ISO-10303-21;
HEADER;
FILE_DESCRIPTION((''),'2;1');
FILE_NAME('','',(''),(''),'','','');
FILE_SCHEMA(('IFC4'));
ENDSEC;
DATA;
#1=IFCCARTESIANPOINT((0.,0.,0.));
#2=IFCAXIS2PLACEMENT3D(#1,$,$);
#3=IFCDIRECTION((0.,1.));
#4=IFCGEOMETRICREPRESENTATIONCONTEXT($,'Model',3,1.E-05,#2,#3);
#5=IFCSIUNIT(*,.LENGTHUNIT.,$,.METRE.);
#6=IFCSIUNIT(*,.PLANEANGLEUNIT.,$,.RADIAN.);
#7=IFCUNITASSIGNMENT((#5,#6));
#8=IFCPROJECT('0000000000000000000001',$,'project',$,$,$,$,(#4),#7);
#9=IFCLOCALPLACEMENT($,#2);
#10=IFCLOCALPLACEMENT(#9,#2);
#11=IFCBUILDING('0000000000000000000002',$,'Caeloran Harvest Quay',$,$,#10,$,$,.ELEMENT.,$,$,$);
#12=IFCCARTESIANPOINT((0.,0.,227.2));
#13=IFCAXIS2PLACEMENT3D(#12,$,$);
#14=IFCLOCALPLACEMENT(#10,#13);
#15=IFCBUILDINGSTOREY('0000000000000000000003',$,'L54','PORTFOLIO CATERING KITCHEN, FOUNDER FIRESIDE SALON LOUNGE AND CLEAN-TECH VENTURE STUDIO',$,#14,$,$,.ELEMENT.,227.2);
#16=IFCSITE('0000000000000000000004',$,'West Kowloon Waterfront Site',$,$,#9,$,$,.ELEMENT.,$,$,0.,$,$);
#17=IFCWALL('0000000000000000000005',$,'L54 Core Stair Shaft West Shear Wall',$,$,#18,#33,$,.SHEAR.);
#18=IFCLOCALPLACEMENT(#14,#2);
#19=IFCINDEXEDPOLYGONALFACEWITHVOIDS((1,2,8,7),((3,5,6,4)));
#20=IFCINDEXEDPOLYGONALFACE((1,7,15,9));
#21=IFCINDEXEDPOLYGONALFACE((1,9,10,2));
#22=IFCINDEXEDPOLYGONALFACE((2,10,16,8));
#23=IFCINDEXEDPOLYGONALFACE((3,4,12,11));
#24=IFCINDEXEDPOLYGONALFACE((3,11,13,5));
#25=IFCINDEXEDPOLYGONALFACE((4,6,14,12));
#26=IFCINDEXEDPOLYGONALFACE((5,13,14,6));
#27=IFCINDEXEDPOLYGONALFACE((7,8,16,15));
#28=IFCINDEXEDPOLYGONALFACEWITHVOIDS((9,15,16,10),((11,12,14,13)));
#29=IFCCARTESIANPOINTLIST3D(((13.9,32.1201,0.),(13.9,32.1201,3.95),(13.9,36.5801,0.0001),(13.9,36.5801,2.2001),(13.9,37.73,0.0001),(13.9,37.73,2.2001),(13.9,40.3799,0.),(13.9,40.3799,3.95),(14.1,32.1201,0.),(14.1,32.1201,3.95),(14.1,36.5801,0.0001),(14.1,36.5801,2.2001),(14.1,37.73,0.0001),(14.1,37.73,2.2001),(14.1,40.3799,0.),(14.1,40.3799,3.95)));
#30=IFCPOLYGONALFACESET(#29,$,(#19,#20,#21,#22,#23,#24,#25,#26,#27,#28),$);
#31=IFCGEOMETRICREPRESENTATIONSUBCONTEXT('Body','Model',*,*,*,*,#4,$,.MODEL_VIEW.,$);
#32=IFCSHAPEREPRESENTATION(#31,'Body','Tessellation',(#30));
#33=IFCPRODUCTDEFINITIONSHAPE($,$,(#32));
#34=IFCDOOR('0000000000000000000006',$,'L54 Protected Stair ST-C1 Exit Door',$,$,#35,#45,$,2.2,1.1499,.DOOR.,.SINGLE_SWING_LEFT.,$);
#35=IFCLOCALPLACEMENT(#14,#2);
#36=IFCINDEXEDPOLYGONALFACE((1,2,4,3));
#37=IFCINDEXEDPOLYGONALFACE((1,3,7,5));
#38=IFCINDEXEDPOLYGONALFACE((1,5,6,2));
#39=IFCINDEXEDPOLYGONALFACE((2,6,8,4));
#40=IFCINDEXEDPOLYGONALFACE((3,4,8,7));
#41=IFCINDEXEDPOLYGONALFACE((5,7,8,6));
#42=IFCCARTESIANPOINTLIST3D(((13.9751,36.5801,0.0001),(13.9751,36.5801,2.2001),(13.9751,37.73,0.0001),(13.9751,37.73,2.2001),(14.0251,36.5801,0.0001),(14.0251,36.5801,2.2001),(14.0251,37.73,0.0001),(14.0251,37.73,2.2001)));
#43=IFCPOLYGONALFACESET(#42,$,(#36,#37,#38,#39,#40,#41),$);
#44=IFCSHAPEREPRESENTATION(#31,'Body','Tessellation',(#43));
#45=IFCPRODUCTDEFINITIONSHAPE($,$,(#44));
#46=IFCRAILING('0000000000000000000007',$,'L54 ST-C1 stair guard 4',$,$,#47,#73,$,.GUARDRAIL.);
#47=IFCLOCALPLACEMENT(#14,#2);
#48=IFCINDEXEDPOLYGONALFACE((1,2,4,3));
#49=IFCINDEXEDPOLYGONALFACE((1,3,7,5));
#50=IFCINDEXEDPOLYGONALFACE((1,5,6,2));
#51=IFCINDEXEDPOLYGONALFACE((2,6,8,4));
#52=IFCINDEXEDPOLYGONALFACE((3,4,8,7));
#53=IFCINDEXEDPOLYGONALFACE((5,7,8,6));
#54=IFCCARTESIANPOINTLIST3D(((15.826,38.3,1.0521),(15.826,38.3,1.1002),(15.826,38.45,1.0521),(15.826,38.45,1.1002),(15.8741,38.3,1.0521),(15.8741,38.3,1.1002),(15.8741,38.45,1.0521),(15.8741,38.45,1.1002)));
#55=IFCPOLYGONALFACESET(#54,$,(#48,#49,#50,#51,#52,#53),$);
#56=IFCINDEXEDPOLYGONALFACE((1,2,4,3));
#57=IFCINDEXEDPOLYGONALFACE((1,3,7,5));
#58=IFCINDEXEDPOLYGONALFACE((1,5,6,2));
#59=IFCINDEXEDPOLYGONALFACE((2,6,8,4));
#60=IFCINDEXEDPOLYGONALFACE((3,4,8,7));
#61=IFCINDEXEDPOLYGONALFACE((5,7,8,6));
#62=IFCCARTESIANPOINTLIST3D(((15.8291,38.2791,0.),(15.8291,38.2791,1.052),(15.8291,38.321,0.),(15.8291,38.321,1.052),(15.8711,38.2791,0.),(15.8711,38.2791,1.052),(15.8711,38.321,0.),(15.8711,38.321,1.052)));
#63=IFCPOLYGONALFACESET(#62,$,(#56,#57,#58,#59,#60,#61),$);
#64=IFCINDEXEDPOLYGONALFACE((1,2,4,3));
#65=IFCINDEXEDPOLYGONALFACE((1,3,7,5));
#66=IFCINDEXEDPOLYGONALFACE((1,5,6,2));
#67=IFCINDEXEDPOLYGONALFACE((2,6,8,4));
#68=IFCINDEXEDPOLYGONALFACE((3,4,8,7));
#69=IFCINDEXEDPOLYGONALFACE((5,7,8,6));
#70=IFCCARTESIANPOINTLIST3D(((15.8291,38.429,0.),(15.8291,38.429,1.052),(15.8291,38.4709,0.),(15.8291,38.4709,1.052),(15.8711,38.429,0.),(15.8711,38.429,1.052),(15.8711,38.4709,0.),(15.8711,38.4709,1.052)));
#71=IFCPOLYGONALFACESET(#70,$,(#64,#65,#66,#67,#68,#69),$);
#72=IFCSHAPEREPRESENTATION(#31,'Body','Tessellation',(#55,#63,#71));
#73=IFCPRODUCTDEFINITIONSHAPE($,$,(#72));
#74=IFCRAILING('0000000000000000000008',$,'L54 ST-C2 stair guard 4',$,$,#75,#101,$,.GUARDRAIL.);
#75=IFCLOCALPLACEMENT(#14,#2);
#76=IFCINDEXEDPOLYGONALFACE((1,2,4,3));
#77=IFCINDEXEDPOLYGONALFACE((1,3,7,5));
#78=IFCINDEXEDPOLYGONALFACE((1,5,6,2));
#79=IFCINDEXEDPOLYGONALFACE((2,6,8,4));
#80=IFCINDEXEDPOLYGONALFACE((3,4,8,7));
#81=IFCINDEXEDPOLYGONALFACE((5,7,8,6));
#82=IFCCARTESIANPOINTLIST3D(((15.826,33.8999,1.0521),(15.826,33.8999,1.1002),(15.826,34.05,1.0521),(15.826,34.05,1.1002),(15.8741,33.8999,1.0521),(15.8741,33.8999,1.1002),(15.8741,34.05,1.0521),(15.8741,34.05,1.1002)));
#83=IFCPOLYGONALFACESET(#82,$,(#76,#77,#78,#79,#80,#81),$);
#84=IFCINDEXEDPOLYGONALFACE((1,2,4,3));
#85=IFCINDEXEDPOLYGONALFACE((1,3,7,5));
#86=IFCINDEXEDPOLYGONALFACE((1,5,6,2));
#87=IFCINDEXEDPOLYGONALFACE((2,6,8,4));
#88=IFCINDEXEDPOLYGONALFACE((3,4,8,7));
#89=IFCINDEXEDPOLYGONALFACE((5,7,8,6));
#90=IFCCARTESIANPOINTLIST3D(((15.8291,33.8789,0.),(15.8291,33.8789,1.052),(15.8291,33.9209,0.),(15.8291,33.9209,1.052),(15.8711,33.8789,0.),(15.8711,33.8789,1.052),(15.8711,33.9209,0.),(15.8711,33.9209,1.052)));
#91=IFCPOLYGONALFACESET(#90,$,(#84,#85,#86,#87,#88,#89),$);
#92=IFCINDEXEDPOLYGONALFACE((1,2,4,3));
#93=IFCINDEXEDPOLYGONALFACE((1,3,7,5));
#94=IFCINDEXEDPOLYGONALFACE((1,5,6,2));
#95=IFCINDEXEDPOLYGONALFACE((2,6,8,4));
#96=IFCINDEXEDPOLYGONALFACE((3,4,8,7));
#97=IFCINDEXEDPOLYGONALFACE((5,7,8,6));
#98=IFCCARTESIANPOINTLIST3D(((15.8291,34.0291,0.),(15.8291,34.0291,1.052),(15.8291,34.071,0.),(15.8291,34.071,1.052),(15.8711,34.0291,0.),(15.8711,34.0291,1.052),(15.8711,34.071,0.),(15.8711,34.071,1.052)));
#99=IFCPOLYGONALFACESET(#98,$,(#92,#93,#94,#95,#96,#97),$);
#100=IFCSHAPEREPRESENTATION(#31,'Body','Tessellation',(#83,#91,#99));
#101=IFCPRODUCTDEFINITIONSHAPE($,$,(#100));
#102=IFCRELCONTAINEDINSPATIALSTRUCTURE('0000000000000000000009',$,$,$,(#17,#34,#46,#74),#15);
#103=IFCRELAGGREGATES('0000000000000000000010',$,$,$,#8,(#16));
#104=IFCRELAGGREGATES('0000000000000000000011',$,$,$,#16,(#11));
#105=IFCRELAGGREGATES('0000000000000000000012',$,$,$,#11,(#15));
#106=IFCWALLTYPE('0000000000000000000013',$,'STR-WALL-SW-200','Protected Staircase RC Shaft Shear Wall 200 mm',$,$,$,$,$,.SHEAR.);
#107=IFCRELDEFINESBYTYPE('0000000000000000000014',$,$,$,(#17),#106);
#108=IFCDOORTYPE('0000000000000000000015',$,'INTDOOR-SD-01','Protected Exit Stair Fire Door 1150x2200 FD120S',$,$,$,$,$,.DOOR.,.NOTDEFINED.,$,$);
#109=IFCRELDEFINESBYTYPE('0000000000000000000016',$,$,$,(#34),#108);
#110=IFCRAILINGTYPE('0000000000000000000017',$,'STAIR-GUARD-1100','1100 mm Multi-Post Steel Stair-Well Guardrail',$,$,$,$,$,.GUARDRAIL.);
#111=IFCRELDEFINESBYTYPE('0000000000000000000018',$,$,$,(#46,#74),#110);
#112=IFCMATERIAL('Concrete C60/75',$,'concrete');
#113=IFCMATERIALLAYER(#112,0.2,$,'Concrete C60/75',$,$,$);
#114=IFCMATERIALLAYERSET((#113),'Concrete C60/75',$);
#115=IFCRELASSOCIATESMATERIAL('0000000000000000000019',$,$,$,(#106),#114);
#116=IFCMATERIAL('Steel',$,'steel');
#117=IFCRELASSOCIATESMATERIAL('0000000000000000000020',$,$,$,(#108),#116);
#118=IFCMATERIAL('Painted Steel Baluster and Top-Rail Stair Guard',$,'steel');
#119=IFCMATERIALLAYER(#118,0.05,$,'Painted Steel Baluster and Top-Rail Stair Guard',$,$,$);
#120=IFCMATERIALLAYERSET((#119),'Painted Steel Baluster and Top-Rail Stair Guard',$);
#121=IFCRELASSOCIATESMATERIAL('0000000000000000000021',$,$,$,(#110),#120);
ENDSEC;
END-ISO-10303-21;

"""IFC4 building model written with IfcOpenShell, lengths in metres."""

from ifc_helpers import new_model, si_unit, direction, frame, frame_2d, origin, origin_2d, place, context, subcontext, project, spatial, rectangle, extrude, material, layer, layer_set, type_object, element, fill, save


model = new_model("IFC4")

# Units and contexts
model_context = context("Model", 3, precision=1e-05, world=origin(), true_north=direction((0.0, 1.0)))
body_context = subcontext(model_context, "Body", "Model", "MODEL_VIEW")
ifc_project = project(units=[si_unit("LENGTHUNIT", "METRE"), si_unit("PLANEANGLEUNIT", "RADIAN")], contexts=[model_context])

# Site, building, storey
site_placement = place(None, origin())
site = spatial("IfcSite", under=ifc_project, at=site_placement, Name="West Kowloon Waterfront Site", CompositionType="ELEMENT", RefElevation=0.0)
building_placement = place(site_placement, origin())
building = spatial("IfcBuilding", under=site, at=building_placement, Name="Caeloran Harvest Quay", CompositionType="ELEMENT")
storey_placement = place(building_placement, frame((0.0, 0.0, 227.2)))
storey = spatial("IfcBuildingStorey", under=building, at=storey_placement, Name="L54", Description="PORTFOLIO CATERING KITCHEN, FOUNDER FIRESIDE SALON LOUNGE AND CLEAN-TECH VENTURE STUDIO", CompositionType="ELEMENT", Elevation=227.2)

# Shared definitions
ifc_material_1 = material(Name="Concrete C60/75", Category="concrete")

# Shared definitions
ifc_material_2 = material(Name="Steel", Category="steel")

# Wall, opening, door
ifc_layer_1 = layer(ifc_material_1, 0.2, Name="Concrete C60/75")
ifc_layer_set_1 = layer_set([ifc_layer_1], Name="Concrete C60/75")
wall_type_1 = type_object("IfcWallType", Name="STR-WALL-SW-200", Description="Protected Staircase RC Shaft Shear Wall 200 mm", PredefinedType="SHEAR", material=ifc_layer_set_1)
wall_1_placement = place(storey_placement, frame((14.0, 32.1201, 0.0), z_axis=(0.0, 0.0, 1.0), x_axis=(0.0, 1.0, 0.0)))
wall_1 = element("IfcWall", 1, at=wall_1_placement, inside=storey, type_object=wall_type_1, Name="L54 Core Stair Shaft West Shear Wall", PredefinedType="SHEAR", context=body_context, shape_type="SweptSolid", body=[
    extrude(rectangle(XDim=8.2598, YDim=0.2, at=frame_2d((4.1299, 0.0))), origin(), (0.0, 0.0, 1.0), 3.95),
])
opening_1_placement = place(wall_1_placement, frame((4.46, 0.0, 0.0)))
opening_1 = element("IfcOpeningElement", 2, at=opening_1_placement, cuts=wall_1, PredefinedType="OPENING", context=body_context, shape_type="SweptSolid", body=[
    extrude(rectangle(XDim=1.1499, YDim=2.2, at=frame_2d((0.575, 1.1001))), frame((0.0, 0.1099, 0.0), z_axis=(0.0, -1.0, 0.0), x_axis=(1.0, 0.0, 0.0)), (0.0, 0.0, 1.0), 0.22),
])
door_type_1 = type_object("IfcDoorType", Name="INTDOOR-SD-01", Description="Protected Exit Stair Fire Door 1150x2200 FD120S", OperationType="NOTDEFINED", PredefinedType="DOOR", material=ifc_material_2)
door_1_placement = place(opening_1_placement, origin())
door_1 = element("IfcDoor", 3, at=door_1_placement, inside=storey, type_object=door_type_1, Name="L54 Protected Stair ST-C1 Exit Door", OperationType="SINGLE_SWING_LEFT", OverallHeight=2.2, OverallWidth=1.1499, PredefinedType="DOOR", context=body_context, shape_type="SweptSolid", body=[
    extrude(rectangle(XDim=1.1499, YDim=2.2, at=frame_2d((0.575, 1.1001))), frame((0.0, 0.0249, 0.0), z_axis=(0.0, -1.0, 0.0), x_axis=(1.0, 0.0, 0.0)), (0.0, 0.0, 1.0), 0.05),
])
fill(opening_1, door_1)

# Railings
ifc_material_3 = material(Name="Painted Steel Baluster and Top-Rail Stair Guard", Category="steel")
ifc_layer_2 = layer(ifc_material_3, 0.05, Name="Painted Steel Baluster and Top-Rail Stair Guard")
ifc_layer_set_2 = layer_set([ifc_layer_2], Name="Painted Steel Baluster and Top-Rail Stair Guard")
railing_type = type_object("IfcRailingType", Name="STAIR-GUARD-1100", Description="1100 mm Multi-Post Steel Stair-Well Guardrail", PredefinedType="GUARDRAIL", material=ifc_layer_set_2)
railing_1_placement = place(storey_placement, frame((15.8501, 38.3, 0.0)))
element("IfcRailing", 4, at=railing_1_placement, inside=storey, type_object=railing_type, Name="L54 ST-C1 stair guard 4", PredefinedType="GUARDRAIL", context=body_context, shape_type="SweptSolid", body=[
    extrude(rectangle(XDim=0.0481, YDim=0.0481, at=origin_2d()), frame((0.0, 0.0, 1.0762), z_axis=(0.0, 1.0, 0.0), x_axis=(-1.0, 0.0, 0.0)), (0.0, 0.0, 1.0), 0.1499),
    extrude(rectangle(XDim=0.042, YDim=0.042, at=origin_2d()), origin(), (0.0, 0.0, 1.0), 1.052),
    extrude(rectangle(XDim=0.042, YDim=0.042, at=origin_2d()), frame((0.0, 0.1499, 0.0)), (0.0, 0.0, 1.0), 1.052),
])
railing_2_placement = place(storey_placement, frame((15.8501, 33.8999, 0.0)))
element("IfcRailing", 5, at=railing_2_placement, inside=storey, type_object=railing_type, Name="L54 ST-C2 stair guard 4", PredefinedType="GUARDRAIL", context=body_context, shape_type="SweptSolid", body=[
    extrude(rectangle(XDim=0.0481, YDim=0.0481, at=origin_2d()), frame((0.0, 0.0, 1.0762), z_axis=(0.0, 1.0, 0.0), x_axis=(-1.0, 0.0, 0.0)), (0.0, 0.0, 1.0), 0.1501),
    extrude(rectangle(XDim=0.042, YDim=0.042, at=origin_2d()), origin(), (0.0, 0.0, 1.0), 1.052),
    extrude(rectangle(XDim=0.042, YDim=0.042, at=origin_2d()), frame((0.0, 0.1501, 0.0)), (0.0, 0.0, 1.0), 1.052),
])

save(model, "model.ifc")
